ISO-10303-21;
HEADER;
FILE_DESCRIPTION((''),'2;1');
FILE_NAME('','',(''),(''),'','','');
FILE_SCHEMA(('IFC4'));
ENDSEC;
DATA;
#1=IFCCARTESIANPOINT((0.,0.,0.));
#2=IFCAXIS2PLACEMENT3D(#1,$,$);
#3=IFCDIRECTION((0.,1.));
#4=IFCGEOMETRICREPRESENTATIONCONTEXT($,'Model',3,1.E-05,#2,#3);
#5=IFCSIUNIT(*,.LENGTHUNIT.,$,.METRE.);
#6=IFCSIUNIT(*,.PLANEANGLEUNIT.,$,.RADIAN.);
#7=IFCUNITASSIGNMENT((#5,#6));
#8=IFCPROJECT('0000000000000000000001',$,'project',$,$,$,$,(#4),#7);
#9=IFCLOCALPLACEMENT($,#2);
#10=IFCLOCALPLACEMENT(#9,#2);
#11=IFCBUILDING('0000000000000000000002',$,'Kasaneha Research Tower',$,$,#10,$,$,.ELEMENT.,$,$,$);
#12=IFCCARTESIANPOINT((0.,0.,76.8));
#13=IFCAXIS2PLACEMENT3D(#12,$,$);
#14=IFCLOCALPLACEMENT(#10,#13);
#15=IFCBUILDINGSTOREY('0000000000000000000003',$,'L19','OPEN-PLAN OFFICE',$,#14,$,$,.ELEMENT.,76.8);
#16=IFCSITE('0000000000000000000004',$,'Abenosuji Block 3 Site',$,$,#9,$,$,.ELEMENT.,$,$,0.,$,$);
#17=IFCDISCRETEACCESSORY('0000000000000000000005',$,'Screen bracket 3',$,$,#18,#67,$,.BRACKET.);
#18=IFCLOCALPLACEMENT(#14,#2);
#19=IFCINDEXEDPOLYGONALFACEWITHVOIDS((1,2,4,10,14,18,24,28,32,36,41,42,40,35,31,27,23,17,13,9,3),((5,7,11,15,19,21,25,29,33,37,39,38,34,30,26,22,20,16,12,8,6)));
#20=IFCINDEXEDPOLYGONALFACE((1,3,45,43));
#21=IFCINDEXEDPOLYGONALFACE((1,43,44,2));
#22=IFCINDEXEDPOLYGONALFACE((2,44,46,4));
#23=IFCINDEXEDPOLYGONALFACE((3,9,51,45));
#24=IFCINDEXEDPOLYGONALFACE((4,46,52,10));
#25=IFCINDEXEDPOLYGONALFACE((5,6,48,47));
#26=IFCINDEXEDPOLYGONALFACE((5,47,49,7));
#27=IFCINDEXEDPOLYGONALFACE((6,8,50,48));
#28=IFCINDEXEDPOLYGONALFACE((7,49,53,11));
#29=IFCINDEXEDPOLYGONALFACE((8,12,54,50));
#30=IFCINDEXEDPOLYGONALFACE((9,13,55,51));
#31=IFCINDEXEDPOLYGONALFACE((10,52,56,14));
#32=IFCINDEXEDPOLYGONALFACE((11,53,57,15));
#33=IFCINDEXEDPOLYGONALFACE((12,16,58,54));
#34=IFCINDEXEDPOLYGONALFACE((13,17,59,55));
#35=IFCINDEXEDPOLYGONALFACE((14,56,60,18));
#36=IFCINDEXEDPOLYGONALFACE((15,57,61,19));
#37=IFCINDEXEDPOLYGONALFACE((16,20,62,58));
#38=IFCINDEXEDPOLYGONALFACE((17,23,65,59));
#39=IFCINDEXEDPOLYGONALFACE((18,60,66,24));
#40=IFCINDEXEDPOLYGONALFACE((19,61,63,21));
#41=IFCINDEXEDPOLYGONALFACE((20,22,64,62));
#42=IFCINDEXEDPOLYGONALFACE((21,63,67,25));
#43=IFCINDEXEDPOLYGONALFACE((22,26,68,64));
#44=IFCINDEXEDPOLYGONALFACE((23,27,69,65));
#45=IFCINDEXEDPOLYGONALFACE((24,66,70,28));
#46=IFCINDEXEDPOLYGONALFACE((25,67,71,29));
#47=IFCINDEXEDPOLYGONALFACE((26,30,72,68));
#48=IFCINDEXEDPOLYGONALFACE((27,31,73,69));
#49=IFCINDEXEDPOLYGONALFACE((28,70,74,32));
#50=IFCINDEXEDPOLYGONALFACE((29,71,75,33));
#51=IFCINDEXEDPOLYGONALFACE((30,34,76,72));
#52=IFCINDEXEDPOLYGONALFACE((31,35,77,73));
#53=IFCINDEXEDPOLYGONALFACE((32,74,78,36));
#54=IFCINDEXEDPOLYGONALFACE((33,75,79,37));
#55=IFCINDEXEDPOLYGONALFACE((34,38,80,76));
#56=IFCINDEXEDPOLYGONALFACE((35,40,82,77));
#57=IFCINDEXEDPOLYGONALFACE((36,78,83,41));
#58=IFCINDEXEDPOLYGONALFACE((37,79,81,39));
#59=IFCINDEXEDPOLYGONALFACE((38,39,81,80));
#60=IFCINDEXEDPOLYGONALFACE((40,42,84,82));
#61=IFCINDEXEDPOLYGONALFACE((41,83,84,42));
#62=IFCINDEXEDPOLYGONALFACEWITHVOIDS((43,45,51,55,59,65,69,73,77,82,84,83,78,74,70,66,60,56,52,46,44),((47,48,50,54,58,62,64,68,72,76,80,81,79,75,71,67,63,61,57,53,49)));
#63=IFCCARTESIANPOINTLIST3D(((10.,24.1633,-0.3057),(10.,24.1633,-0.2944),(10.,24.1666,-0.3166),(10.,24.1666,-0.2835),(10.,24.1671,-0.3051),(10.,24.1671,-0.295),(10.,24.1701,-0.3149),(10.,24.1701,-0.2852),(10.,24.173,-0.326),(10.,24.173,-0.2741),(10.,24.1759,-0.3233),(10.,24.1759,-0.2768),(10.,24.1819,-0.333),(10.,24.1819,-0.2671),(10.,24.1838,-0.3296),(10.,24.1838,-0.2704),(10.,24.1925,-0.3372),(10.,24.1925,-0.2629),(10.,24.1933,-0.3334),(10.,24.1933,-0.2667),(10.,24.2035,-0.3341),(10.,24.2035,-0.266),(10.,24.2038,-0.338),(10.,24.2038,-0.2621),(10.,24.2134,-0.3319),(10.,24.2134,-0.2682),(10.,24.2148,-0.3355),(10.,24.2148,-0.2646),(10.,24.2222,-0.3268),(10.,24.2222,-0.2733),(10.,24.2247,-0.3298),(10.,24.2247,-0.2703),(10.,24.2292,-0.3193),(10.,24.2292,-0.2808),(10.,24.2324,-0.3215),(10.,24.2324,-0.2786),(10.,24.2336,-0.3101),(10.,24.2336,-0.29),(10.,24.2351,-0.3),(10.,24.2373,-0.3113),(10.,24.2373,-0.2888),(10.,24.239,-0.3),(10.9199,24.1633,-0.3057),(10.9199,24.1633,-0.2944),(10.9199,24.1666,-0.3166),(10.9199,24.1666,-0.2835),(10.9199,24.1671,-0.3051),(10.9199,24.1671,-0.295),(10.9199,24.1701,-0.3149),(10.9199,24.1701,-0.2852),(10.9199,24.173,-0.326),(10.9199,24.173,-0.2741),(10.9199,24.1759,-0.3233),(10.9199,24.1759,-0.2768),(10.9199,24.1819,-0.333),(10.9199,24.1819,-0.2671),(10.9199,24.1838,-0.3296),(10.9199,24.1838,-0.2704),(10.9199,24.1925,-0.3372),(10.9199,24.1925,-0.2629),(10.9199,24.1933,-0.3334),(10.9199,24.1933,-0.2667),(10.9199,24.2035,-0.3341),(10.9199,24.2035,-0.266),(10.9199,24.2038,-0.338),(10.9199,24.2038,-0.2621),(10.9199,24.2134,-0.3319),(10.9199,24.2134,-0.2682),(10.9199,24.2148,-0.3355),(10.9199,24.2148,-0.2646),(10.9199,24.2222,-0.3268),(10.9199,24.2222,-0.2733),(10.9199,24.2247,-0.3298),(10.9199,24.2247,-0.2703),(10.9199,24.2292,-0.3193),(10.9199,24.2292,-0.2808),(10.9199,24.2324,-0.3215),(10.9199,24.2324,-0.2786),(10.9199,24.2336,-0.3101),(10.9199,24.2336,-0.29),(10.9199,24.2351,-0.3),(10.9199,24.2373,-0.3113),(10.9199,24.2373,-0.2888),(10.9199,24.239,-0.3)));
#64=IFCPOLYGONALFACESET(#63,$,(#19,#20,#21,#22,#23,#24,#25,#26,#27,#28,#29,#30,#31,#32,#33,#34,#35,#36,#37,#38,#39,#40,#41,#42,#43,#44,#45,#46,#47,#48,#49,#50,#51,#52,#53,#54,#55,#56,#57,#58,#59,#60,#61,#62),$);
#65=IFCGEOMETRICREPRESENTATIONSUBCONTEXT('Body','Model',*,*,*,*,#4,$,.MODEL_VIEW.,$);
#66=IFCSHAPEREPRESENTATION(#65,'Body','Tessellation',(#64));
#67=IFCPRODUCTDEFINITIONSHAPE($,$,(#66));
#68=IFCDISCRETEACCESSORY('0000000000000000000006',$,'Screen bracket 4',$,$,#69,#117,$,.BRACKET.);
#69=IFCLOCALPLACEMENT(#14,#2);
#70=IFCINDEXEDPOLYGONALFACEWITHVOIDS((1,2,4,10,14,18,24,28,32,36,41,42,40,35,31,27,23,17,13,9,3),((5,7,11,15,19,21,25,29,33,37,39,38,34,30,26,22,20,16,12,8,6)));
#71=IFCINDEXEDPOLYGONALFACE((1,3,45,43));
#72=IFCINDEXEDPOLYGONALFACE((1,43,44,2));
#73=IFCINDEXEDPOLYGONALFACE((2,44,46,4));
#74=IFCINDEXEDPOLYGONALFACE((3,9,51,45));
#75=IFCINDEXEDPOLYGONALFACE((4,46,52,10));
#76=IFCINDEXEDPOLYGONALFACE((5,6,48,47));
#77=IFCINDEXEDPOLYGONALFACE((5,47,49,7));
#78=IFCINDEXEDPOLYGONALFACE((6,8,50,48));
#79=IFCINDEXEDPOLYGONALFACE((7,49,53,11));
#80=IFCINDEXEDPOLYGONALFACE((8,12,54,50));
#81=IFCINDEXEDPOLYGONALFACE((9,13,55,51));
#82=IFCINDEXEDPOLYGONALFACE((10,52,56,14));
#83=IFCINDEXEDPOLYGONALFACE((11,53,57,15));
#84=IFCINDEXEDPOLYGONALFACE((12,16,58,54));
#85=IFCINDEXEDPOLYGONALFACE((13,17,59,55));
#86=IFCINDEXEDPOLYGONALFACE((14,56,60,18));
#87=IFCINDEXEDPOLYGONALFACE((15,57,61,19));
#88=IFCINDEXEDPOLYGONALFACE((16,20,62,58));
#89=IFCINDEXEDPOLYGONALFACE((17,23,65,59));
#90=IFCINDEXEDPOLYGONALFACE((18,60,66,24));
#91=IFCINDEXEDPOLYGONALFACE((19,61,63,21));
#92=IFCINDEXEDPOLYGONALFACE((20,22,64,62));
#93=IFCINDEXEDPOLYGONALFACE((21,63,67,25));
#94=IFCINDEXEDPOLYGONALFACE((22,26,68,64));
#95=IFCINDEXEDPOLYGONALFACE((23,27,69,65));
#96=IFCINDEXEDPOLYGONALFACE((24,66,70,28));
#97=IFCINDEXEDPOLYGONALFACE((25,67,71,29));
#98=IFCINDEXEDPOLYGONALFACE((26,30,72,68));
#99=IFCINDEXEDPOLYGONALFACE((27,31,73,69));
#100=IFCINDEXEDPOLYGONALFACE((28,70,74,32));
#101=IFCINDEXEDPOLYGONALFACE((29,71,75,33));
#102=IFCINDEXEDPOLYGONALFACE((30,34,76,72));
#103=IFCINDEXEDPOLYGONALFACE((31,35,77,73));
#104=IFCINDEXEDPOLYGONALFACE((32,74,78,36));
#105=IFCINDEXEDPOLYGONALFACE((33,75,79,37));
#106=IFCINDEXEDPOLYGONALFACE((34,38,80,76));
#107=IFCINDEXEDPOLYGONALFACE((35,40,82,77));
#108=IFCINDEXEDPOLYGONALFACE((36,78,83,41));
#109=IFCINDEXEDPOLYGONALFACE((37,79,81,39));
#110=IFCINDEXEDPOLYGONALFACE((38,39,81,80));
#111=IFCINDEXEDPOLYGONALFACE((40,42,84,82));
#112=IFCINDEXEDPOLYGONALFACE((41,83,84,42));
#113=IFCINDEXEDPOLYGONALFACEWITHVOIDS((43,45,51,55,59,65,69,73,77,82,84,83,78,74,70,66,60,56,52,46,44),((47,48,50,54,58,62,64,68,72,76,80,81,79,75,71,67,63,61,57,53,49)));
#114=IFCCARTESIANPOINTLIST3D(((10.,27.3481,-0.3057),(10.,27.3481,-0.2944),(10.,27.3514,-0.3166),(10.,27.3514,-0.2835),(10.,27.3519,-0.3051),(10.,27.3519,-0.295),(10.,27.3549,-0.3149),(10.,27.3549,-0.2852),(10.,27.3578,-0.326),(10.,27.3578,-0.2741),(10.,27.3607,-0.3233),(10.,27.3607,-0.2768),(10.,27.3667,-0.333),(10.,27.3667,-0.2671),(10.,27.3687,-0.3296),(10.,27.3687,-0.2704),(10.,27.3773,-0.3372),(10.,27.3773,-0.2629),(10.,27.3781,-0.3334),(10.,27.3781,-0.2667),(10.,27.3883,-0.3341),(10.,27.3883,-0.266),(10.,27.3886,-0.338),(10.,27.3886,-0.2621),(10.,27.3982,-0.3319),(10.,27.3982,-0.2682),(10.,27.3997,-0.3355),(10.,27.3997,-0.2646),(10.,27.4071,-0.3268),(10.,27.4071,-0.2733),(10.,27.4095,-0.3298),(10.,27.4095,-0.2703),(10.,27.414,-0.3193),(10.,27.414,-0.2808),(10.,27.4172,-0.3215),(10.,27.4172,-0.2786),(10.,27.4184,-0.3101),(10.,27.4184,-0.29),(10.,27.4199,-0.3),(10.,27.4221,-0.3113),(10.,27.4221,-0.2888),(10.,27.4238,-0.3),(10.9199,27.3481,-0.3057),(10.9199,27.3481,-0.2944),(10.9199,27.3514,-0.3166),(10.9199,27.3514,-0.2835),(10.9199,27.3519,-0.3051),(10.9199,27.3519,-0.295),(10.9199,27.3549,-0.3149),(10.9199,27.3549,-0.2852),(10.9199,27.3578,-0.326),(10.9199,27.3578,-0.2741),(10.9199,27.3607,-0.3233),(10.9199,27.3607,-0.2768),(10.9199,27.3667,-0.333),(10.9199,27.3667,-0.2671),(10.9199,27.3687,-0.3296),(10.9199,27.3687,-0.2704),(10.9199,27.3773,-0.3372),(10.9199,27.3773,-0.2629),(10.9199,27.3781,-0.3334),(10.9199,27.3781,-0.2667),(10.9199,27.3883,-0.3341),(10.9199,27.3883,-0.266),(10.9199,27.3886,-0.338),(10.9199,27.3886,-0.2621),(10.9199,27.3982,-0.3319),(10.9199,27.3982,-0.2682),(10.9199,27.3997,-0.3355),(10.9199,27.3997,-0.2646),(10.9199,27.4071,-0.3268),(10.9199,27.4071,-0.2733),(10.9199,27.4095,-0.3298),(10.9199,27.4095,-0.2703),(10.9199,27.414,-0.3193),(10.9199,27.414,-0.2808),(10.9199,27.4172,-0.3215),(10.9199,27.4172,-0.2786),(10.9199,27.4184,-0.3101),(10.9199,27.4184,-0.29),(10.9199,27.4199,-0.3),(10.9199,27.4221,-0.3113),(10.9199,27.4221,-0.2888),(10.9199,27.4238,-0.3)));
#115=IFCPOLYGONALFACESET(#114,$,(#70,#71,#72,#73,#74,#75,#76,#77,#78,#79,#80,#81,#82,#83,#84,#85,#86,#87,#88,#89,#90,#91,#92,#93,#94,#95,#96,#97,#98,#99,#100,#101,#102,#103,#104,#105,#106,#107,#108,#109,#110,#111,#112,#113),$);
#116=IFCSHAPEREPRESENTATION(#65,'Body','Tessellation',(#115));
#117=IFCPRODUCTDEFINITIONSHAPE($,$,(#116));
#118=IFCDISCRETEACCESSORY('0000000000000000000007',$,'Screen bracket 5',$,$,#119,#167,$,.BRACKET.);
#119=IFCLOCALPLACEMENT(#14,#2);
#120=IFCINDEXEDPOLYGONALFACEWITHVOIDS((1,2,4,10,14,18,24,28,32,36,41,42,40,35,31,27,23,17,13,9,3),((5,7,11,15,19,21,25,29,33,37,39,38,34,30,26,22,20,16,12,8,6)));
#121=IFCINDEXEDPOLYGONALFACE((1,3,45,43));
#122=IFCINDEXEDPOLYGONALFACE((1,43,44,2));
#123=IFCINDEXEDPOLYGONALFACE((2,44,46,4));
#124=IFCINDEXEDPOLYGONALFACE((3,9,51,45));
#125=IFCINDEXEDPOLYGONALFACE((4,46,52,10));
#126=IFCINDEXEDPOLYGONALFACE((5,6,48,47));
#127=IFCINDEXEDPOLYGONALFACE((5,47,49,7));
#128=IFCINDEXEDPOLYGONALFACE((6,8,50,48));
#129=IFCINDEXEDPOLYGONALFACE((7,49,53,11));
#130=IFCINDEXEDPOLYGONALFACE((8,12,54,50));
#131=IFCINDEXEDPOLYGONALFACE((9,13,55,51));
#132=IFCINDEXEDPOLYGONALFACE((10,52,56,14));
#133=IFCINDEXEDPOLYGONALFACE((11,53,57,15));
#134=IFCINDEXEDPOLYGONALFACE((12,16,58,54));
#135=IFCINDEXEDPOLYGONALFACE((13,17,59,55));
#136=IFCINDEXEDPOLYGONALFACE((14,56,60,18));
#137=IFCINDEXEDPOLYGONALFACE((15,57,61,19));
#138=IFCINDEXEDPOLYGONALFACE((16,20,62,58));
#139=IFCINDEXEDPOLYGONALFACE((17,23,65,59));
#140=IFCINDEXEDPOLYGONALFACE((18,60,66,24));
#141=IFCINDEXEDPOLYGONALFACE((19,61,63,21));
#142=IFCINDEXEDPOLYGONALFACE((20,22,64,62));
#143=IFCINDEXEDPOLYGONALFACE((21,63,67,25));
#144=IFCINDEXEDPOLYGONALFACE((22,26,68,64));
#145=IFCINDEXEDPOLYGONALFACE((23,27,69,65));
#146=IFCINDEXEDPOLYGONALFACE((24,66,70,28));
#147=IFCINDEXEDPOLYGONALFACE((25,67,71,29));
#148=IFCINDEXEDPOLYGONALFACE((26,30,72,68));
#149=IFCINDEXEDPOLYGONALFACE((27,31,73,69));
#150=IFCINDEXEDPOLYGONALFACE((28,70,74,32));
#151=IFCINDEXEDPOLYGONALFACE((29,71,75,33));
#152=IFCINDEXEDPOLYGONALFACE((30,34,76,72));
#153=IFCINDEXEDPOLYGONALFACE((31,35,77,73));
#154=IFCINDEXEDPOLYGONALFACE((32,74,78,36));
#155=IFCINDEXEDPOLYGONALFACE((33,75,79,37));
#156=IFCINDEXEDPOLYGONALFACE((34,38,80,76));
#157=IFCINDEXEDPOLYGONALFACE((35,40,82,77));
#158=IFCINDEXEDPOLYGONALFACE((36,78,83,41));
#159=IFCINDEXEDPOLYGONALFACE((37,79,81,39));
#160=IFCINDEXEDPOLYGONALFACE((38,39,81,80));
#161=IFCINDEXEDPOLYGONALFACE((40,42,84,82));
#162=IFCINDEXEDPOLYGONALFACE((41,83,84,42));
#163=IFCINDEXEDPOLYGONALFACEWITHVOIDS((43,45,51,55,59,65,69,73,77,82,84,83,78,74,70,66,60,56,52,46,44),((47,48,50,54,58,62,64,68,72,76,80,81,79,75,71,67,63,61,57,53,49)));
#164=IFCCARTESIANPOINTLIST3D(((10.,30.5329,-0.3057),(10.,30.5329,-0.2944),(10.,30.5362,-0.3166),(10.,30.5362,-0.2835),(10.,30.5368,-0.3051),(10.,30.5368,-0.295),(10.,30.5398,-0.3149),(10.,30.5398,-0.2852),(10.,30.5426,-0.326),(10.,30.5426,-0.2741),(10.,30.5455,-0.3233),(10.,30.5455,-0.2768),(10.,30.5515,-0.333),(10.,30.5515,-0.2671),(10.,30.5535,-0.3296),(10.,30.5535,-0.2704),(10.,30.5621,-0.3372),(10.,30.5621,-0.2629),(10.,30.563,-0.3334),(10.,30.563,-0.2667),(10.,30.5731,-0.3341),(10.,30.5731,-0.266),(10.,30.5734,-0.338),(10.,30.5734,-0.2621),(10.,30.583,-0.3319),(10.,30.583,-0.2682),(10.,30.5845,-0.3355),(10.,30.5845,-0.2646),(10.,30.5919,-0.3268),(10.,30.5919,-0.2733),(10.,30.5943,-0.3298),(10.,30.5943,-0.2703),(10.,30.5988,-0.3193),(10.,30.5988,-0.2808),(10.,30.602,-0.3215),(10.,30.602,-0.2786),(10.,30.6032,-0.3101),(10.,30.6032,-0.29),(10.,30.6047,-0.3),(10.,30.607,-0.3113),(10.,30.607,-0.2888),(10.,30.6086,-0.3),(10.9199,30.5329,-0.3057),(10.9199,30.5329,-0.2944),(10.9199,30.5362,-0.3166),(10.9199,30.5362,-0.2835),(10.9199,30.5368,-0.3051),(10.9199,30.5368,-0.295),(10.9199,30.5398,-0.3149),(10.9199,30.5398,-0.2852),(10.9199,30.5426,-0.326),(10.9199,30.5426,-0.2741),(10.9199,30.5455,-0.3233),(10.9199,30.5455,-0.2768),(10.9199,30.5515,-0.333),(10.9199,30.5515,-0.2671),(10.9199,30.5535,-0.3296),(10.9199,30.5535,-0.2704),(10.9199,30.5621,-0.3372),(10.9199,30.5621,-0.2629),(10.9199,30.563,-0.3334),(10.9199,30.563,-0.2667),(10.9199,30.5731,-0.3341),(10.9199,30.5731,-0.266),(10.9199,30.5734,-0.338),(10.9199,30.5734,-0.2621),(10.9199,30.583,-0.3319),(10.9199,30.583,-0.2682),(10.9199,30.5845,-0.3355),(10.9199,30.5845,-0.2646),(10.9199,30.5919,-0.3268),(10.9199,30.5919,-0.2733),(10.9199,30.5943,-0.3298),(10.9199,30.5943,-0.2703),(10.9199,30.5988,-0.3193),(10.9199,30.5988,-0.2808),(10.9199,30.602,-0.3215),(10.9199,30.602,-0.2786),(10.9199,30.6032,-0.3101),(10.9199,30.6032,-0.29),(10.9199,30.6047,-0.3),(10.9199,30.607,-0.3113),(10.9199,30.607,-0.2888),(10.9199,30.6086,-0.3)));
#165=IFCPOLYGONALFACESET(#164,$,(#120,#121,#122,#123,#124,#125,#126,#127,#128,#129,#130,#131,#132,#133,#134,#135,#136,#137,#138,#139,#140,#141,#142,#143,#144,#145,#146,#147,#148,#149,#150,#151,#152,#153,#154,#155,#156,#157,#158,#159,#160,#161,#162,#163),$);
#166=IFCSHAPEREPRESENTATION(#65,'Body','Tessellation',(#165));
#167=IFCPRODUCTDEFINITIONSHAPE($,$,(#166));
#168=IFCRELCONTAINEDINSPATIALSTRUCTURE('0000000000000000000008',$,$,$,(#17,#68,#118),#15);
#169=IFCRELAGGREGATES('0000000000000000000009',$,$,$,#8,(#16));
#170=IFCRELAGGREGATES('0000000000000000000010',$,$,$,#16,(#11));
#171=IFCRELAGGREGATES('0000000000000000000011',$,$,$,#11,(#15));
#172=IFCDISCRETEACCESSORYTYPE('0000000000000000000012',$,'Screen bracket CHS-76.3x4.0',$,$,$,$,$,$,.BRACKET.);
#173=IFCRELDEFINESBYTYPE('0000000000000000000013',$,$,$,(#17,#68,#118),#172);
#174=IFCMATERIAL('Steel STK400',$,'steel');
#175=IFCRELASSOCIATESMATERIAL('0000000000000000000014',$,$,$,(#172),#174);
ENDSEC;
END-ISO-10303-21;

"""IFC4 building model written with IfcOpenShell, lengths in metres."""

from ifc_helpers import new_model, si_unit, direction, frame, origin, origin_2d, place, context, subcontext, project, spatial, hollow_circle, extrude, material, material_profile, profile_set, type_object, element, save


model = new_model("IFC4")

# Units and contexts
model_context = context("Model", 3, precision=1e-05, world=origin(), true_north=direction((0.0, 1.0)))
body_context = subcontext(model_context, "Body", "Model", "MODEL_VIEW")
ifc_project = project(units=[si_unit("LENGTHUNIT", "METRE"), si_unit("PLANEANGLEUNIT", "RADIAN")], contexts=[model_context])

# Site, building, storey
site_placement = place(None, origin())
site = spatial("IfcSite", under=ifc_project, at=site_placement, Name="Abenosuji Block 3 Site", CompositionType="ELEMENT", RefElevation=0.0)
building_placement = place(site_placement, origin())
building = spatial("IfcBuilding", under=site, at=building_placement, Name="Kasaneha Research Tower", CompositionType="ELEMENT")
storey_placement = place(building_placement, frame((0.0, 0.0, 76.8)))
storey = spatial("IfcBuildingStorey", under=building, at=storey_placement, Name="L19", Description="OPEN-PLAN OFFICE", CompositionType="ELEMENT", Elevation=76.8)

# Discrete accessories
ifc_material_1 = material(Name="Steel STK400", Category="steel")
ifc_material_profile_1 = material_profile(ifc_material_1, hollow_circle(Radius=0.0381, WallThickness=0.0039, at=origin_2d()), Name="CHS-76.3x4.0")
ifc_profile_set_1 = profile_set([ifc_material_profile_1], Name="Steel STK400")
discrete_accessory_type = type_object("IfcDiscreteAccessoryType", Name="Screen bracket CHS-76.3x4.0", PredefinedType="BRACKET", material=ifc_profile_set_1)
for number, where, z_axis, x_axis, name in (
    (1, (10.0, 24.2009, -0.3), (1.0, 0.0, 0.0), (0.0, 1.0, 0.0), "Screen bracket 3"),
    (2, (10.0, 27.3857, -0.3), (1.0, 0.0, 0.0), (0.0, 1.0, 0.0), "Screen bracket 4"),
    (3, (10.0, 30.5706, -0.3), (1.0, 0.0, 0.0), (0.0, 1.0, 0.0), "Screen bracket 5"),
):
    element("IfcDiscreteAccessory", number, at=place(storey_placement, frame(where, z_axis=z_axis, x_axis=x_axis)), inside=storey, type_object=discrete_accessory_type, Name=name, PredefinedType="BRACKET", context=body_context, shape_type="SweptSolid", body=[
        extrude(hollow_circle(Radius=0.0381, WallThickness=0.0039, at=origin_2d()), origin(), (0.0, 0.0, 1.0), 0.9199),
    ])

save(model, "model.ifc")
